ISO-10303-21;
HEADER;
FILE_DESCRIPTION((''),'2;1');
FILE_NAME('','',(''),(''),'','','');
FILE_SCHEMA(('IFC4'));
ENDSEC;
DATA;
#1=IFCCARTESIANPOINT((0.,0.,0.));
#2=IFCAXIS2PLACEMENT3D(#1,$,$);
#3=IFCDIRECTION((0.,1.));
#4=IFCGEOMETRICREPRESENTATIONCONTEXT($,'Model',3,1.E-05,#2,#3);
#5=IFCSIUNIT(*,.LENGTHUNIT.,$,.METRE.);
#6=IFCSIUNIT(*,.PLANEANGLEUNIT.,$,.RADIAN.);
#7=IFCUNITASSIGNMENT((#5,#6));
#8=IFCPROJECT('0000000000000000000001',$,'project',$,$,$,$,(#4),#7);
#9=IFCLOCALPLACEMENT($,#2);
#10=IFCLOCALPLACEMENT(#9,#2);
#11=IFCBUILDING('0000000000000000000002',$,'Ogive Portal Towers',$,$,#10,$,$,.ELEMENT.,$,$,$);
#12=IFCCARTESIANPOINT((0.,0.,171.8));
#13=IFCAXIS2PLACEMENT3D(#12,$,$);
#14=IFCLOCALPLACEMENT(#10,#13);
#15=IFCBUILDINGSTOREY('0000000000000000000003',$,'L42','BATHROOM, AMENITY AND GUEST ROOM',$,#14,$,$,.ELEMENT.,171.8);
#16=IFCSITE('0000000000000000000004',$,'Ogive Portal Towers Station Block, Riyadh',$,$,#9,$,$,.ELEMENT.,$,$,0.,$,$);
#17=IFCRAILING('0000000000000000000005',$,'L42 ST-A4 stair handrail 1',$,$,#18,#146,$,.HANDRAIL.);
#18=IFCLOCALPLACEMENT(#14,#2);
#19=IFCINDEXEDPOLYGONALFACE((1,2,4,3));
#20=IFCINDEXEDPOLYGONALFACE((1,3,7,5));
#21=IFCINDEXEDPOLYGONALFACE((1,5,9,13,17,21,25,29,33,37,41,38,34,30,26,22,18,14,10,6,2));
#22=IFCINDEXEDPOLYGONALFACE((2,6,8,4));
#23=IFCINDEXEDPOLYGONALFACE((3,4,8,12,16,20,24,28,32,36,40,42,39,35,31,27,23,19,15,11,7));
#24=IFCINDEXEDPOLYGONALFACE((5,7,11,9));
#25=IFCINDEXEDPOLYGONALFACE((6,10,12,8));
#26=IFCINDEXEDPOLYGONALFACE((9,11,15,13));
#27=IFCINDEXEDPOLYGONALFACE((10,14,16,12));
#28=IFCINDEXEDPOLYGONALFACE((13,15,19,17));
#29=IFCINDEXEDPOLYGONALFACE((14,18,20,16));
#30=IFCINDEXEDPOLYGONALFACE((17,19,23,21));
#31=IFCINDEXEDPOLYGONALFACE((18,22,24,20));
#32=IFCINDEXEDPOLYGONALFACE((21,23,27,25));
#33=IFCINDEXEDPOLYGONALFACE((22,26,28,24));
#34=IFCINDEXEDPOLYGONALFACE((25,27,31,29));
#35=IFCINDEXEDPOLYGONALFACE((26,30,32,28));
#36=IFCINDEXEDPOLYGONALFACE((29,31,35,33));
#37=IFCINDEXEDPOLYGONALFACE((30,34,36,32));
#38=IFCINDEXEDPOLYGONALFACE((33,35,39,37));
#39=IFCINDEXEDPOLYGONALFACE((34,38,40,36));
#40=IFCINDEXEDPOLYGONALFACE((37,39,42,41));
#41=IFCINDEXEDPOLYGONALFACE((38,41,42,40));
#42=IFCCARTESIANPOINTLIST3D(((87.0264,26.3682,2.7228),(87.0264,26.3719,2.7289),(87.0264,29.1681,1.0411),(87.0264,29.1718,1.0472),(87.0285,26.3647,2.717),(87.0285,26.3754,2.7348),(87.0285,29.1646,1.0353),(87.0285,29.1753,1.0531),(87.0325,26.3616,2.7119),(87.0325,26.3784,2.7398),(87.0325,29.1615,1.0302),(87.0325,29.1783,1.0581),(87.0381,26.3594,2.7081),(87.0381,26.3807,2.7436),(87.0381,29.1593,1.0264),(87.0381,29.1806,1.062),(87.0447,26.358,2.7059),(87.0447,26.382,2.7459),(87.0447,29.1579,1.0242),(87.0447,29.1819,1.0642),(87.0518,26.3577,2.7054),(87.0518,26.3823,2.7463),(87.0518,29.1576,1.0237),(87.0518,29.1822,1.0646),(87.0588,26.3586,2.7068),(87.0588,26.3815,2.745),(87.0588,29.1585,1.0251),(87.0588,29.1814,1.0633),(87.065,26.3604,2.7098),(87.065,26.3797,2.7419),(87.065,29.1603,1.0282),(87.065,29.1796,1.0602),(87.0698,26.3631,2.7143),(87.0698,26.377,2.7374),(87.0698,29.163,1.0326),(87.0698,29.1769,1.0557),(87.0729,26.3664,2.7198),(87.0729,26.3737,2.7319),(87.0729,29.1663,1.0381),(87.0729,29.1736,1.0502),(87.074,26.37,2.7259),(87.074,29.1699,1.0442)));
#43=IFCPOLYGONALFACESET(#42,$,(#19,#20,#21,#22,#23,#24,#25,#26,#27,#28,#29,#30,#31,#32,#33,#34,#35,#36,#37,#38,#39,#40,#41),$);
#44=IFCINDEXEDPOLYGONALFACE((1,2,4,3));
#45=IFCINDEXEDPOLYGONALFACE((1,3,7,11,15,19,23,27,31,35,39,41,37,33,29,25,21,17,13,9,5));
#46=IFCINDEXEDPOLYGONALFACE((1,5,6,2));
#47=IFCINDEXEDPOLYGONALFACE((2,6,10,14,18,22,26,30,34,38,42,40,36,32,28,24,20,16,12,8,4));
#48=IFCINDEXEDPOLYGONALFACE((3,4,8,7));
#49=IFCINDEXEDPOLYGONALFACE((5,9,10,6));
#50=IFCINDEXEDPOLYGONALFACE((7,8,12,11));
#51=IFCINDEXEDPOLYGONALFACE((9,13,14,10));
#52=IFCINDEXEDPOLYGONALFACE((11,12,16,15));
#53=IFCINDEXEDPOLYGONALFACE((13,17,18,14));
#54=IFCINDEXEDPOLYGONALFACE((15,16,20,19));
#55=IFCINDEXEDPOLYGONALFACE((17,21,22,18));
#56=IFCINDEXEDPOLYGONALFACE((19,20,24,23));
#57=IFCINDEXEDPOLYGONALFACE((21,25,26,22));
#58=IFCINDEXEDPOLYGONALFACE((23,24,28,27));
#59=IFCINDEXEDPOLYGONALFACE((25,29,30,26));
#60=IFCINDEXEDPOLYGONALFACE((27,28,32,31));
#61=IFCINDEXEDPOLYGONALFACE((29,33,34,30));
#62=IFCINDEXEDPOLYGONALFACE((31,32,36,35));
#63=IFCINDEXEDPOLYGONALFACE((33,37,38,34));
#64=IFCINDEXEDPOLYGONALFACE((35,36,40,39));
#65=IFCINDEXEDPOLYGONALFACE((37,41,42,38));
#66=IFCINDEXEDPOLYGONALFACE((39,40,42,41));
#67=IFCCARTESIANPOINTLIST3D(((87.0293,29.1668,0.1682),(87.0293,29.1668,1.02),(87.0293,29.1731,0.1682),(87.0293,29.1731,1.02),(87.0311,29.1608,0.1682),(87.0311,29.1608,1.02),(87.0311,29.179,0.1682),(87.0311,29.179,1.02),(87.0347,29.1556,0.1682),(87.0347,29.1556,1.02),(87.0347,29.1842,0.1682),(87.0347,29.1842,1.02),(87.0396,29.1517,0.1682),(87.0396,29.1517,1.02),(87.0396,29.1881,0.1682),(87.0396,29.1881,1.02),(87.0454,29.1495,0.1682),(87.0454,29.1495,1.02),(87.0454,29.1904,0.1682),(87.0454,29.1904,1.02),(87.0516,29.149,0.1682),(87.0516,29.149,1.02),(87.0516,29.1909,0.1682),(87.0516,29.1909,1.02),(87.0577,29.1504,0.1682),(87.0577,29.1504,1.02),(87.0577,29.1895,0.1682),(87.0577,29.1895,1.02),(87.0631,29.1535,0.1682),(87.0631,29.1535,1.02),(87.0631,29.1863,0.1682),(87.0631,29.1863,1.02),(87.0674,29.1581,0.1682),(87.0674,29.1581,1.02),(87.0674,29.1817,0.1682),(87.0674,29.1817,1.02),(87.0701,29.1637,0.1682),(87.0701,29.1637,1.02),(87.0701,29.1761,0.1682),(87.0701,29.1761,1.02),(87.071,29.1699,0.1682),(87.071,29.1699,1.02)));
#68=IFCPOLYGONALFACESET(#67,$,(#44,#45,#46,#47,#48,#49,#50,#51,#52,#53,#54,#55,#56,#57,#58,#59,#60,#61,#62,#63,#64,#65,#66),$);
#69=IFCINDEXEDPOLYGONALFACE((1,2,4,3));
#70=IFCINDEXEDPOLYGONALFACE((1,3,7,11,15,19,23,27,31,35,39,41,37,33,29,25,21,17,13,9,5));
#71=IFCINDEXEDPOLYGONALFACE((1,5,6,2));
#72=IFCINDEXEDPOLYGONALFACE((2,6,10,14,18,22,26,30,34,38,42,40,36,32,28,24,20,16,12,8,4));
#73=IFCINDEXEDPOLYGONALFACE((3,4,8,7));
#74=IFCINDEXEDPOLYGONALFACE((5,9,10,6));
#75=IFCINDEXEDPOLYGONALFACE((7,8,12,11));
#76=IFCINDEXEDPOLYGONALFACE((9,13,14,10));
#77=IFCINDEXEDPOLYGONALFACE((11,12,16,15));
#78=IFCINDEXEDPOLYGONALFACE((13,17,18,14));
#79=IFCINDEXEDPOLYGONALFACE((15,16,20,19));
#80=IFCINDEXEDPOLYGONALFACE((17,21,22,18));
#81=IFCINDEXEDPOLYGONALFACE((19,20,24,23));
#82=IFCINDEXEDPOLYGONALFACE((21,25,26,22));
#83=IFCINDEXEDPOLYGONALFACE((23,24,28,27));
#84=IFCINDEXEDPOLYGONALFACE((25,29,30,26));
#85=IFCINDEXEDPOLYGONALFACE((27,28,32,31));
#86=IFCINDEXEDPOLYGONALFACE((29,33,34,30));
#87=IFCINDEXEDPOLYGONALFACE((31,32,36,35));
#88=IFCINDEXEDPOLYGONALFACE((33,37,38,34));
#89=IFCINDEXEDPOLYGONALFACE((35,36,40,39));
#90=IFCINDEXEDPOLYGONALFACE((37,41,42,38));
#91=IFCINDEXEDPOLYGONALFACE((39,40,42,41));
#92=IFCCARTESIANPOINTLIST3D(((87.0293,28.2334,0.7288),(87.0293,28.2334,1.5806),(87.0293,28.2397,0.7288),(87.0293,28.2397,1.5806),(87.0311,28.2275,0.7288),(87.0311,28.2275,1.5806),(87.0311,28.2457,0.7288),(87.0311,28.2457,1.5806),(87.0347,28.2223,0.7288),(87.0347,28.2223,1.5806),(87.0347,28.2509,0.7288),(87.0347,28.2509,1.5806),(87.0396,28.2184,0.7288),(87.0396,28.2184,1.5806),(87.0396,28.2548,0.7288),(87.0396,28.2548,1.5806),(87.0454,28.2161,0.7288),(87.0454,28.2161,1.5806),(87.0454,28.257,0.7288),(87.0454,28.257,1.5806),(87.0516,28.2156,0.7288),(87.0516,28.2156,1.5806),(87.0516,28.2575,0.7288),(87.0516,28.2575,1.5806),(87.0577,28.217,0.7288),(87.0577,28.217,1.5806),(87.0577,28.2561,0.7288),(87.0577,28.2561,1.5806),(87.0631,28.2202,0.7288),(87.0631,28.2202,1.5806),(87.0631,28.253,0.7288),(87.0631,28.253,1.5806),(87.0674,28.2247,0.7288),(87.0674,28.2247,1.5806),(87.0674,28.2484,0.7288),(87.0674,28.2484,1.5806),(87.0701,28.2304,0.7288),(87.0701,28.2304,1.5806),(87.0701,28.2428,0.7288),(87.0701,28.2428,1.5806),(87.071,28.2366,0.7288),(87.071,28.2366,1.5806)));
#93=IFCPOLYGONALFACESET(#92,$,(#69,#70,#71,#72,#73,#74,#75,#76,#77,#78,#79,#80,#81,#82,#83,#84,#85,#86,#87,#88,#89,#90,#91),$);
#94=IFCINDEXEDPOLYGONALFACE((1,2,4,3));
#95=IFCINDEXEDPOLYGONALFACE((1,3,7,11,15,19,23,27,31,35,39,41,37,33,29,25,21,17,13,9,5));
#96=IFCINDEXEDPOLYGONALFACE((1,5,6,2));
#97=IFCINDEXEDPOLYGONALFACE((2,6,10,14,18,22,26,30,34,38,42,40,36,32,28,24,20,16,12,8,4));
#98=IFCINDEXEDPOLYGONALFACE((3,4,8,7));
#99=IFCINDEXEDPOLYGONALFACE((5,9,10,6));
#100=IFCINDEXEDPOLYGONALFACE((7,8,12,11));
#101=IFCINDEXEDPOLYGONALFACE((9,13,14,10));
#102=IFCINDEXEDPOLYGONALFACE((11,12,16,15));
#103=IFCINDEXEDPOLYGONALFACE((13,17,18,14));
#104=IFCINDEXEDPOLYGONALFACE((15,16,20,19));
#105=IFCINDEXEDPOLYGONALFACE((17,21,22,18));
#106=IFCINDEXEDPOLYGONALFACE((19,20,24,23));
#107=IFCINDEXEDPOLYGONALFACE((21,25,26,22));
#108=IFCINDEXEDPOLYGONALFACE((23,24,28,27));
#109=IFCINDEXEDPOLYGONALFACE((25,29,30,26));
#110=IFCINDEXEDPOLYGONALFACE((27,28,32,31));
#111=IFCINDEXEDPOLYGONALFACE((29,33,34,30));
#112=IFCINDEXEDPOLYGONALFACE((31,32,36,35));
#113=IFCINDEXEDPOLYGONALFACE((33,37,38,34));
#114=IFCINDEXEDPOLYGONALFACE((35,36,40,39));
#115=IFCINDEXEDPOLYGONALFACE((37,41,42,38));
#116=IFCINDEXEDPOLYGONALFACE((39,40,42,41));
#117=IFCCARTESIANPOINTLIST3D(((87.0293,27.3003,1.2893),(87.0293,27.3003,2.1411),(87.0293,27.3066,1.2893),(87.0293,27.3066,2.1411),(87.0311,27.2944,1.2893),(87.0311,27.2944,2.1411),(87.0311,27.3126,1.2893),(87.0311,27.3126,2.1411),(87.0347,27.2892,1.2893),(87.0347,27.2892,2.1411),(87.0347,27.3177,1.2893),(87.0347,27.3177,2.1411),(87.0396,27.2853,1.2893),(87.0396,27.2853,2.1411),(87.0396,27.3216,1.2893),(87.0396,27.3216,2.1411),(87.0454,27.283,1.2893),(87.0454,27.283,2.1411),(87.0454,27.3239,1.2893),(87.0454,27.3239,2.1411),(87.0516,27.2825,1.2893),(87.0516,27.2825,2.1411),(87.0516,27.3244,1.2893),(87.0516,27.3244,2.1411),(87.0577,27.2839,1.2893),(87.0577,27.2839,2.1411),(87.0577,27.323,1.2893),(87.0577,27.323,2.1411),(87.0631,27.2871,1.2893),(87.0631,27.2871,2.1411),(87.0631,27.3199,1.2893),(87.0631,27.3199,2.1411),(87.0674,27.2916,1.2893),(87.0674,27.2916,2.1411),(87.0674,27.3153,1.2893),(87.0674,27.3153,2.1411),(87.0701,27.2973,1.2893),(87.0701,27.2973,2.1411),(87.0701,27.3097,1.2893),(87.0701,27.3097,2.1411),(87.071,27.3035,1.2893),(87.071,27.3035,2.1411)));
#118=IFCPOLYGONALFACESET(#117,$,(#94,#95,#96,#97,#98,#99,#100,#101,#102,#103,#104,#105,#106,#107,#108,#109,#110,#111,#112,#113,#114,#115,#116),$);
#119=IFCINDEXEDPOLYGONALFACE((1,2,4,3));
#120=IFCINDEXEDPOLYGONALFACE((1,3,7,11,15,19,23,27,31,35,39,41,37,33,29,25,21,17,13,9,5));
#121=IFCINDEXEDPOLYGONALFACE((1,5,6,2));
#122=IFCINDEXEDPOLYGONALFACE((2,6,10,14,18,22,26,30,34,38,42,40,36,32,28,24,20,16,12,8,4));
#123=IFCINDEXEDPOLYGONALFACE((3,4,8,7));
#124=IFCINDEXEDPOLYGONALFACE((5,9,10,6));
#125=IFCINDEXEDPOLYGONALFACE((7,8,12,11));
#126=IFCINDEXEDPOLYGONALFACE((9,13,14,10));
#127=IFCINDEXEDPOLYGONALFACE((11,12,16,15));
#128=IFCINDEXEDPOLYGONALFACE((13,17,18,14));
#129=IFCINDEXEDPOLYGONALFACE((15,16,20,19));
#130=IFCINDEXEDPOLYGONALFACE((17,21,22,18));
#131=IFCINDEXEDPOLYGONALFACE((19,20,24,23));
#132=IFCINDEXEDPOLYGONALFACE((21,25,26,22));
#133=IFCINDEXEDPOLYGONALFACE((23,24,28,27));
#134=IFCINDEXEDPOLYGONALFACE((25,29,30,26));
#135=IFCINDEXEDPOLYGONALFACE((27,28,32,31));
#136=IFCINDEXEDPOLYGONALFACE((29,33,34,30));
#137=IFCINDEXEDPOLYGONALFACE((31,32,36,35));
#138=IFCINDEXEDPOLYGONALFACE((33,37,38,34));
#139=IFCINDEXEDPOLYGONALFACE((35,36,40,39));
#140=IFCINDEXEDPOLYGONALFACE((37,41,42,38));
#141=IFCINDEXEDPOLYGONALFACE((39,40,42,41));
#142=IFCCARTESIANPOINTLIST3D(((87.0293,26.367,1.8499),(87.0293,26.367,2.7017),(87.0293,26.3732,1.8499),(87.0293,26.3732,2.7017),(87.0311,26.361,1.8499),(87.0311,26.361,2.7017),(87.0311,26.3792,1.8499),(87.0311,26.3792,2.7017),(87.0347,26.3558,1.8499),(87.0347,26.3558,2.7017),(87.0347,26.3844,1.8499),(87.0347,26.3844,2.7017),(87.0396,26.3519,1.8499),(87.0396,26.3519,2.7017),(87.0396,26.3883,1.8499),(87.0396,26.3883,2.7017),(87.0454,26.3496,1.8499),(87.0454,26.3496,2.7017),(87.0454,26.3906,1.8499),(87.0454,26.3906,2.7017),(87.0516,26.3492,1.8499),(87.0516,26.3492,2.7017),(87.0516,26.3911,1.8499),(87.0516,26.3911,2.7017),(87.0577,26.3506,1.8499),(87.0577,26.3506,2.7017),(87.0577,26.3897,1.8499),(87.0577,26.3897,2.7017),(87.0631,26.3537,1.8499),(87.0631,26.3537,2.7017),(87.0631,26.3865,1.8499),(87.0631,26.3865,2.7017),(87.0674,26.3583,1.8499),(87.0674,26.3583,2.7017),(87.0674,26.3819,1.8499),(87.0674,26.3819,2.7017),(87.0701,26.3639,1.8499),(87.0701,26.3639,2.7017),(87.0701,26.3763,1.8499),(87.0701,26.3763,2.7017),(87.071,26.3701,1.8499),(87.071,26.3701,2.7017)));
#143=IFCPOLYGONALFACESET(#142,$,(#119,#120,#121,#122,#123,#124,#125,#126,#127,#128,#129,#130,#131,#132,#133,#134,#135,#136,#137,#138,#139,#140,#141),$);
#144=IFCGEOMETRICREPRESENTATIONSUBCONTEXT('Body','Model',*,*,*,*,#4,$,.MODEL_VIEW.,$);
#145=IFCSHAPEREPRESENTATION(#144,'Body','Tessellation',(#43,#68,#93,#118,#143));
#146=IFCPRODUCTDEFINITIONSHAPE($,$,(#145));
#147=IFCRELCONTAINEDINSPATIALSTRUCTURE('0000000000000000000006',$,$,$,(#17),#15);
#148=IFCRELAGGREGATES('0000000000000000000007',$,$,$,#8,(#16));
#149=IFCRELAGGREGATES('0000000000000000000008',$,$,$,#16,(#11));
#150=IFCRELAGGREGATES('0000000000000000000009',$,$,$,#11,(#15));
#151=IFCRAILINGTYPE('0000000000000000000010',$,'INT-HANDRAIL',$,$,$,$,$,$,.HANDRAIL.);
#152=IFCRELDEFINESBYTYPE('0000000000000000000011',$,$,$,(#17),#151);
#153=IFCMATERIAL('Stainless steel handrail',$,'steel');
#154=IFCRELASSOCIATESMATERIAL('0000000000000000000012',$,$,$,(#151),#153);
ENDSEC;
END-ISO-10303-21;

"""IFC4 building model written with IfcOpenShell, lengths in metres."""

from ifc_helpers import new_model, si_unit, direction, frame, origin, origin_2d, place, context, subcontext, project, spatial, circle, extrude, material, type_object, element, save


model = new_model("IFC4")

# Units and contexts
model_context = context("Model", 3, precision=1e-05, world=origin(), true_north=direction((0.0, 1.0)))
body_context = subcontext(model_context, "Body", "Model", "MODEL_VIEW")
ifc_project = project(units=[si_unit("LENGTHUNIT", "METRE"), si_unit("PLANEANGLEUNIT", "RADIAN")], contexts=[model_context])

# Site, building, storey
site_placement = place(None, origin())
site = spatial("IfcSite", under=ifc_project, at=site_placement, Name="Ogive Portal Towers Station Block, Riyadh", CompositionType="ELEMENT", RefElevation=0.0)
building_placement = place(site_placement, origin())
building = spatial("IfcBuilding", under=site, at=building_placement, Name="Ogive Portal Towers", CompositionType="ELEMENT")
storey_placement = place(building_placement, frame((0.0, 0.0, 171.8)))
storey = spatial("IfcBuildingStorey", under=building, at=storey_placement, Name="L42", Description="BATHROOM, AMENITY AND GUEST ROOM", CompositionType="ELEMENT", Elevation=171.8)

# Railing
ifc_material_1 = material(Name="Stainless steel handrail", Category="steel")
railing_type_1 = type_object("IfcRailingType", Name="INT-HANDRAIL", PredefinedType="HANDRAIL", material=ifc_material_1)
railing_1_placement = place(storey_placement, frame((87.05, 29.1699, 0.1682)))
element("IfcRailing", 1, at=railing_1_placement, inside=storey, type_object=railing_type_1, Name="L42 ST-A4 stair handrail 1", PredefinedType="HANDRAIL", context=body_context, shape_type="SweptSolid", body=[
    extrude(circle(Radius=0.0239, at=origin_2d()), frame((0.0, 0.0, 0.876), z_axis=(0.0, -0.857255, 0.514891), x_axis=(1.0, 0.0, 0.0)), (0.0, 0.0, 1.0), 3.2661),
    extrude(circle(Radius=0.021, at=origin_2d()), origin(), (0.0, 0.0, 1.0), 0.8518),
    extrude(circle(Radius=0.021, at=origin_2d()), frame((0.0, -0.9333, 0.5605)), (0.0, 0.0, 1.0), 0.8518),
    extrude(circle(Radius=0.021, at=origin_2d()), frame((0.0, -1.8665, 1.1211)), (0.0, 0.0, 1.0), 0.8518),
    extrude(circle(Radius=0.021, at=origin_2d()), frame((0.0, -2.7998, 1.6816)), (0.0, 0.0, 1.0), 0.8518),
])

save(model, "model.ifc")
